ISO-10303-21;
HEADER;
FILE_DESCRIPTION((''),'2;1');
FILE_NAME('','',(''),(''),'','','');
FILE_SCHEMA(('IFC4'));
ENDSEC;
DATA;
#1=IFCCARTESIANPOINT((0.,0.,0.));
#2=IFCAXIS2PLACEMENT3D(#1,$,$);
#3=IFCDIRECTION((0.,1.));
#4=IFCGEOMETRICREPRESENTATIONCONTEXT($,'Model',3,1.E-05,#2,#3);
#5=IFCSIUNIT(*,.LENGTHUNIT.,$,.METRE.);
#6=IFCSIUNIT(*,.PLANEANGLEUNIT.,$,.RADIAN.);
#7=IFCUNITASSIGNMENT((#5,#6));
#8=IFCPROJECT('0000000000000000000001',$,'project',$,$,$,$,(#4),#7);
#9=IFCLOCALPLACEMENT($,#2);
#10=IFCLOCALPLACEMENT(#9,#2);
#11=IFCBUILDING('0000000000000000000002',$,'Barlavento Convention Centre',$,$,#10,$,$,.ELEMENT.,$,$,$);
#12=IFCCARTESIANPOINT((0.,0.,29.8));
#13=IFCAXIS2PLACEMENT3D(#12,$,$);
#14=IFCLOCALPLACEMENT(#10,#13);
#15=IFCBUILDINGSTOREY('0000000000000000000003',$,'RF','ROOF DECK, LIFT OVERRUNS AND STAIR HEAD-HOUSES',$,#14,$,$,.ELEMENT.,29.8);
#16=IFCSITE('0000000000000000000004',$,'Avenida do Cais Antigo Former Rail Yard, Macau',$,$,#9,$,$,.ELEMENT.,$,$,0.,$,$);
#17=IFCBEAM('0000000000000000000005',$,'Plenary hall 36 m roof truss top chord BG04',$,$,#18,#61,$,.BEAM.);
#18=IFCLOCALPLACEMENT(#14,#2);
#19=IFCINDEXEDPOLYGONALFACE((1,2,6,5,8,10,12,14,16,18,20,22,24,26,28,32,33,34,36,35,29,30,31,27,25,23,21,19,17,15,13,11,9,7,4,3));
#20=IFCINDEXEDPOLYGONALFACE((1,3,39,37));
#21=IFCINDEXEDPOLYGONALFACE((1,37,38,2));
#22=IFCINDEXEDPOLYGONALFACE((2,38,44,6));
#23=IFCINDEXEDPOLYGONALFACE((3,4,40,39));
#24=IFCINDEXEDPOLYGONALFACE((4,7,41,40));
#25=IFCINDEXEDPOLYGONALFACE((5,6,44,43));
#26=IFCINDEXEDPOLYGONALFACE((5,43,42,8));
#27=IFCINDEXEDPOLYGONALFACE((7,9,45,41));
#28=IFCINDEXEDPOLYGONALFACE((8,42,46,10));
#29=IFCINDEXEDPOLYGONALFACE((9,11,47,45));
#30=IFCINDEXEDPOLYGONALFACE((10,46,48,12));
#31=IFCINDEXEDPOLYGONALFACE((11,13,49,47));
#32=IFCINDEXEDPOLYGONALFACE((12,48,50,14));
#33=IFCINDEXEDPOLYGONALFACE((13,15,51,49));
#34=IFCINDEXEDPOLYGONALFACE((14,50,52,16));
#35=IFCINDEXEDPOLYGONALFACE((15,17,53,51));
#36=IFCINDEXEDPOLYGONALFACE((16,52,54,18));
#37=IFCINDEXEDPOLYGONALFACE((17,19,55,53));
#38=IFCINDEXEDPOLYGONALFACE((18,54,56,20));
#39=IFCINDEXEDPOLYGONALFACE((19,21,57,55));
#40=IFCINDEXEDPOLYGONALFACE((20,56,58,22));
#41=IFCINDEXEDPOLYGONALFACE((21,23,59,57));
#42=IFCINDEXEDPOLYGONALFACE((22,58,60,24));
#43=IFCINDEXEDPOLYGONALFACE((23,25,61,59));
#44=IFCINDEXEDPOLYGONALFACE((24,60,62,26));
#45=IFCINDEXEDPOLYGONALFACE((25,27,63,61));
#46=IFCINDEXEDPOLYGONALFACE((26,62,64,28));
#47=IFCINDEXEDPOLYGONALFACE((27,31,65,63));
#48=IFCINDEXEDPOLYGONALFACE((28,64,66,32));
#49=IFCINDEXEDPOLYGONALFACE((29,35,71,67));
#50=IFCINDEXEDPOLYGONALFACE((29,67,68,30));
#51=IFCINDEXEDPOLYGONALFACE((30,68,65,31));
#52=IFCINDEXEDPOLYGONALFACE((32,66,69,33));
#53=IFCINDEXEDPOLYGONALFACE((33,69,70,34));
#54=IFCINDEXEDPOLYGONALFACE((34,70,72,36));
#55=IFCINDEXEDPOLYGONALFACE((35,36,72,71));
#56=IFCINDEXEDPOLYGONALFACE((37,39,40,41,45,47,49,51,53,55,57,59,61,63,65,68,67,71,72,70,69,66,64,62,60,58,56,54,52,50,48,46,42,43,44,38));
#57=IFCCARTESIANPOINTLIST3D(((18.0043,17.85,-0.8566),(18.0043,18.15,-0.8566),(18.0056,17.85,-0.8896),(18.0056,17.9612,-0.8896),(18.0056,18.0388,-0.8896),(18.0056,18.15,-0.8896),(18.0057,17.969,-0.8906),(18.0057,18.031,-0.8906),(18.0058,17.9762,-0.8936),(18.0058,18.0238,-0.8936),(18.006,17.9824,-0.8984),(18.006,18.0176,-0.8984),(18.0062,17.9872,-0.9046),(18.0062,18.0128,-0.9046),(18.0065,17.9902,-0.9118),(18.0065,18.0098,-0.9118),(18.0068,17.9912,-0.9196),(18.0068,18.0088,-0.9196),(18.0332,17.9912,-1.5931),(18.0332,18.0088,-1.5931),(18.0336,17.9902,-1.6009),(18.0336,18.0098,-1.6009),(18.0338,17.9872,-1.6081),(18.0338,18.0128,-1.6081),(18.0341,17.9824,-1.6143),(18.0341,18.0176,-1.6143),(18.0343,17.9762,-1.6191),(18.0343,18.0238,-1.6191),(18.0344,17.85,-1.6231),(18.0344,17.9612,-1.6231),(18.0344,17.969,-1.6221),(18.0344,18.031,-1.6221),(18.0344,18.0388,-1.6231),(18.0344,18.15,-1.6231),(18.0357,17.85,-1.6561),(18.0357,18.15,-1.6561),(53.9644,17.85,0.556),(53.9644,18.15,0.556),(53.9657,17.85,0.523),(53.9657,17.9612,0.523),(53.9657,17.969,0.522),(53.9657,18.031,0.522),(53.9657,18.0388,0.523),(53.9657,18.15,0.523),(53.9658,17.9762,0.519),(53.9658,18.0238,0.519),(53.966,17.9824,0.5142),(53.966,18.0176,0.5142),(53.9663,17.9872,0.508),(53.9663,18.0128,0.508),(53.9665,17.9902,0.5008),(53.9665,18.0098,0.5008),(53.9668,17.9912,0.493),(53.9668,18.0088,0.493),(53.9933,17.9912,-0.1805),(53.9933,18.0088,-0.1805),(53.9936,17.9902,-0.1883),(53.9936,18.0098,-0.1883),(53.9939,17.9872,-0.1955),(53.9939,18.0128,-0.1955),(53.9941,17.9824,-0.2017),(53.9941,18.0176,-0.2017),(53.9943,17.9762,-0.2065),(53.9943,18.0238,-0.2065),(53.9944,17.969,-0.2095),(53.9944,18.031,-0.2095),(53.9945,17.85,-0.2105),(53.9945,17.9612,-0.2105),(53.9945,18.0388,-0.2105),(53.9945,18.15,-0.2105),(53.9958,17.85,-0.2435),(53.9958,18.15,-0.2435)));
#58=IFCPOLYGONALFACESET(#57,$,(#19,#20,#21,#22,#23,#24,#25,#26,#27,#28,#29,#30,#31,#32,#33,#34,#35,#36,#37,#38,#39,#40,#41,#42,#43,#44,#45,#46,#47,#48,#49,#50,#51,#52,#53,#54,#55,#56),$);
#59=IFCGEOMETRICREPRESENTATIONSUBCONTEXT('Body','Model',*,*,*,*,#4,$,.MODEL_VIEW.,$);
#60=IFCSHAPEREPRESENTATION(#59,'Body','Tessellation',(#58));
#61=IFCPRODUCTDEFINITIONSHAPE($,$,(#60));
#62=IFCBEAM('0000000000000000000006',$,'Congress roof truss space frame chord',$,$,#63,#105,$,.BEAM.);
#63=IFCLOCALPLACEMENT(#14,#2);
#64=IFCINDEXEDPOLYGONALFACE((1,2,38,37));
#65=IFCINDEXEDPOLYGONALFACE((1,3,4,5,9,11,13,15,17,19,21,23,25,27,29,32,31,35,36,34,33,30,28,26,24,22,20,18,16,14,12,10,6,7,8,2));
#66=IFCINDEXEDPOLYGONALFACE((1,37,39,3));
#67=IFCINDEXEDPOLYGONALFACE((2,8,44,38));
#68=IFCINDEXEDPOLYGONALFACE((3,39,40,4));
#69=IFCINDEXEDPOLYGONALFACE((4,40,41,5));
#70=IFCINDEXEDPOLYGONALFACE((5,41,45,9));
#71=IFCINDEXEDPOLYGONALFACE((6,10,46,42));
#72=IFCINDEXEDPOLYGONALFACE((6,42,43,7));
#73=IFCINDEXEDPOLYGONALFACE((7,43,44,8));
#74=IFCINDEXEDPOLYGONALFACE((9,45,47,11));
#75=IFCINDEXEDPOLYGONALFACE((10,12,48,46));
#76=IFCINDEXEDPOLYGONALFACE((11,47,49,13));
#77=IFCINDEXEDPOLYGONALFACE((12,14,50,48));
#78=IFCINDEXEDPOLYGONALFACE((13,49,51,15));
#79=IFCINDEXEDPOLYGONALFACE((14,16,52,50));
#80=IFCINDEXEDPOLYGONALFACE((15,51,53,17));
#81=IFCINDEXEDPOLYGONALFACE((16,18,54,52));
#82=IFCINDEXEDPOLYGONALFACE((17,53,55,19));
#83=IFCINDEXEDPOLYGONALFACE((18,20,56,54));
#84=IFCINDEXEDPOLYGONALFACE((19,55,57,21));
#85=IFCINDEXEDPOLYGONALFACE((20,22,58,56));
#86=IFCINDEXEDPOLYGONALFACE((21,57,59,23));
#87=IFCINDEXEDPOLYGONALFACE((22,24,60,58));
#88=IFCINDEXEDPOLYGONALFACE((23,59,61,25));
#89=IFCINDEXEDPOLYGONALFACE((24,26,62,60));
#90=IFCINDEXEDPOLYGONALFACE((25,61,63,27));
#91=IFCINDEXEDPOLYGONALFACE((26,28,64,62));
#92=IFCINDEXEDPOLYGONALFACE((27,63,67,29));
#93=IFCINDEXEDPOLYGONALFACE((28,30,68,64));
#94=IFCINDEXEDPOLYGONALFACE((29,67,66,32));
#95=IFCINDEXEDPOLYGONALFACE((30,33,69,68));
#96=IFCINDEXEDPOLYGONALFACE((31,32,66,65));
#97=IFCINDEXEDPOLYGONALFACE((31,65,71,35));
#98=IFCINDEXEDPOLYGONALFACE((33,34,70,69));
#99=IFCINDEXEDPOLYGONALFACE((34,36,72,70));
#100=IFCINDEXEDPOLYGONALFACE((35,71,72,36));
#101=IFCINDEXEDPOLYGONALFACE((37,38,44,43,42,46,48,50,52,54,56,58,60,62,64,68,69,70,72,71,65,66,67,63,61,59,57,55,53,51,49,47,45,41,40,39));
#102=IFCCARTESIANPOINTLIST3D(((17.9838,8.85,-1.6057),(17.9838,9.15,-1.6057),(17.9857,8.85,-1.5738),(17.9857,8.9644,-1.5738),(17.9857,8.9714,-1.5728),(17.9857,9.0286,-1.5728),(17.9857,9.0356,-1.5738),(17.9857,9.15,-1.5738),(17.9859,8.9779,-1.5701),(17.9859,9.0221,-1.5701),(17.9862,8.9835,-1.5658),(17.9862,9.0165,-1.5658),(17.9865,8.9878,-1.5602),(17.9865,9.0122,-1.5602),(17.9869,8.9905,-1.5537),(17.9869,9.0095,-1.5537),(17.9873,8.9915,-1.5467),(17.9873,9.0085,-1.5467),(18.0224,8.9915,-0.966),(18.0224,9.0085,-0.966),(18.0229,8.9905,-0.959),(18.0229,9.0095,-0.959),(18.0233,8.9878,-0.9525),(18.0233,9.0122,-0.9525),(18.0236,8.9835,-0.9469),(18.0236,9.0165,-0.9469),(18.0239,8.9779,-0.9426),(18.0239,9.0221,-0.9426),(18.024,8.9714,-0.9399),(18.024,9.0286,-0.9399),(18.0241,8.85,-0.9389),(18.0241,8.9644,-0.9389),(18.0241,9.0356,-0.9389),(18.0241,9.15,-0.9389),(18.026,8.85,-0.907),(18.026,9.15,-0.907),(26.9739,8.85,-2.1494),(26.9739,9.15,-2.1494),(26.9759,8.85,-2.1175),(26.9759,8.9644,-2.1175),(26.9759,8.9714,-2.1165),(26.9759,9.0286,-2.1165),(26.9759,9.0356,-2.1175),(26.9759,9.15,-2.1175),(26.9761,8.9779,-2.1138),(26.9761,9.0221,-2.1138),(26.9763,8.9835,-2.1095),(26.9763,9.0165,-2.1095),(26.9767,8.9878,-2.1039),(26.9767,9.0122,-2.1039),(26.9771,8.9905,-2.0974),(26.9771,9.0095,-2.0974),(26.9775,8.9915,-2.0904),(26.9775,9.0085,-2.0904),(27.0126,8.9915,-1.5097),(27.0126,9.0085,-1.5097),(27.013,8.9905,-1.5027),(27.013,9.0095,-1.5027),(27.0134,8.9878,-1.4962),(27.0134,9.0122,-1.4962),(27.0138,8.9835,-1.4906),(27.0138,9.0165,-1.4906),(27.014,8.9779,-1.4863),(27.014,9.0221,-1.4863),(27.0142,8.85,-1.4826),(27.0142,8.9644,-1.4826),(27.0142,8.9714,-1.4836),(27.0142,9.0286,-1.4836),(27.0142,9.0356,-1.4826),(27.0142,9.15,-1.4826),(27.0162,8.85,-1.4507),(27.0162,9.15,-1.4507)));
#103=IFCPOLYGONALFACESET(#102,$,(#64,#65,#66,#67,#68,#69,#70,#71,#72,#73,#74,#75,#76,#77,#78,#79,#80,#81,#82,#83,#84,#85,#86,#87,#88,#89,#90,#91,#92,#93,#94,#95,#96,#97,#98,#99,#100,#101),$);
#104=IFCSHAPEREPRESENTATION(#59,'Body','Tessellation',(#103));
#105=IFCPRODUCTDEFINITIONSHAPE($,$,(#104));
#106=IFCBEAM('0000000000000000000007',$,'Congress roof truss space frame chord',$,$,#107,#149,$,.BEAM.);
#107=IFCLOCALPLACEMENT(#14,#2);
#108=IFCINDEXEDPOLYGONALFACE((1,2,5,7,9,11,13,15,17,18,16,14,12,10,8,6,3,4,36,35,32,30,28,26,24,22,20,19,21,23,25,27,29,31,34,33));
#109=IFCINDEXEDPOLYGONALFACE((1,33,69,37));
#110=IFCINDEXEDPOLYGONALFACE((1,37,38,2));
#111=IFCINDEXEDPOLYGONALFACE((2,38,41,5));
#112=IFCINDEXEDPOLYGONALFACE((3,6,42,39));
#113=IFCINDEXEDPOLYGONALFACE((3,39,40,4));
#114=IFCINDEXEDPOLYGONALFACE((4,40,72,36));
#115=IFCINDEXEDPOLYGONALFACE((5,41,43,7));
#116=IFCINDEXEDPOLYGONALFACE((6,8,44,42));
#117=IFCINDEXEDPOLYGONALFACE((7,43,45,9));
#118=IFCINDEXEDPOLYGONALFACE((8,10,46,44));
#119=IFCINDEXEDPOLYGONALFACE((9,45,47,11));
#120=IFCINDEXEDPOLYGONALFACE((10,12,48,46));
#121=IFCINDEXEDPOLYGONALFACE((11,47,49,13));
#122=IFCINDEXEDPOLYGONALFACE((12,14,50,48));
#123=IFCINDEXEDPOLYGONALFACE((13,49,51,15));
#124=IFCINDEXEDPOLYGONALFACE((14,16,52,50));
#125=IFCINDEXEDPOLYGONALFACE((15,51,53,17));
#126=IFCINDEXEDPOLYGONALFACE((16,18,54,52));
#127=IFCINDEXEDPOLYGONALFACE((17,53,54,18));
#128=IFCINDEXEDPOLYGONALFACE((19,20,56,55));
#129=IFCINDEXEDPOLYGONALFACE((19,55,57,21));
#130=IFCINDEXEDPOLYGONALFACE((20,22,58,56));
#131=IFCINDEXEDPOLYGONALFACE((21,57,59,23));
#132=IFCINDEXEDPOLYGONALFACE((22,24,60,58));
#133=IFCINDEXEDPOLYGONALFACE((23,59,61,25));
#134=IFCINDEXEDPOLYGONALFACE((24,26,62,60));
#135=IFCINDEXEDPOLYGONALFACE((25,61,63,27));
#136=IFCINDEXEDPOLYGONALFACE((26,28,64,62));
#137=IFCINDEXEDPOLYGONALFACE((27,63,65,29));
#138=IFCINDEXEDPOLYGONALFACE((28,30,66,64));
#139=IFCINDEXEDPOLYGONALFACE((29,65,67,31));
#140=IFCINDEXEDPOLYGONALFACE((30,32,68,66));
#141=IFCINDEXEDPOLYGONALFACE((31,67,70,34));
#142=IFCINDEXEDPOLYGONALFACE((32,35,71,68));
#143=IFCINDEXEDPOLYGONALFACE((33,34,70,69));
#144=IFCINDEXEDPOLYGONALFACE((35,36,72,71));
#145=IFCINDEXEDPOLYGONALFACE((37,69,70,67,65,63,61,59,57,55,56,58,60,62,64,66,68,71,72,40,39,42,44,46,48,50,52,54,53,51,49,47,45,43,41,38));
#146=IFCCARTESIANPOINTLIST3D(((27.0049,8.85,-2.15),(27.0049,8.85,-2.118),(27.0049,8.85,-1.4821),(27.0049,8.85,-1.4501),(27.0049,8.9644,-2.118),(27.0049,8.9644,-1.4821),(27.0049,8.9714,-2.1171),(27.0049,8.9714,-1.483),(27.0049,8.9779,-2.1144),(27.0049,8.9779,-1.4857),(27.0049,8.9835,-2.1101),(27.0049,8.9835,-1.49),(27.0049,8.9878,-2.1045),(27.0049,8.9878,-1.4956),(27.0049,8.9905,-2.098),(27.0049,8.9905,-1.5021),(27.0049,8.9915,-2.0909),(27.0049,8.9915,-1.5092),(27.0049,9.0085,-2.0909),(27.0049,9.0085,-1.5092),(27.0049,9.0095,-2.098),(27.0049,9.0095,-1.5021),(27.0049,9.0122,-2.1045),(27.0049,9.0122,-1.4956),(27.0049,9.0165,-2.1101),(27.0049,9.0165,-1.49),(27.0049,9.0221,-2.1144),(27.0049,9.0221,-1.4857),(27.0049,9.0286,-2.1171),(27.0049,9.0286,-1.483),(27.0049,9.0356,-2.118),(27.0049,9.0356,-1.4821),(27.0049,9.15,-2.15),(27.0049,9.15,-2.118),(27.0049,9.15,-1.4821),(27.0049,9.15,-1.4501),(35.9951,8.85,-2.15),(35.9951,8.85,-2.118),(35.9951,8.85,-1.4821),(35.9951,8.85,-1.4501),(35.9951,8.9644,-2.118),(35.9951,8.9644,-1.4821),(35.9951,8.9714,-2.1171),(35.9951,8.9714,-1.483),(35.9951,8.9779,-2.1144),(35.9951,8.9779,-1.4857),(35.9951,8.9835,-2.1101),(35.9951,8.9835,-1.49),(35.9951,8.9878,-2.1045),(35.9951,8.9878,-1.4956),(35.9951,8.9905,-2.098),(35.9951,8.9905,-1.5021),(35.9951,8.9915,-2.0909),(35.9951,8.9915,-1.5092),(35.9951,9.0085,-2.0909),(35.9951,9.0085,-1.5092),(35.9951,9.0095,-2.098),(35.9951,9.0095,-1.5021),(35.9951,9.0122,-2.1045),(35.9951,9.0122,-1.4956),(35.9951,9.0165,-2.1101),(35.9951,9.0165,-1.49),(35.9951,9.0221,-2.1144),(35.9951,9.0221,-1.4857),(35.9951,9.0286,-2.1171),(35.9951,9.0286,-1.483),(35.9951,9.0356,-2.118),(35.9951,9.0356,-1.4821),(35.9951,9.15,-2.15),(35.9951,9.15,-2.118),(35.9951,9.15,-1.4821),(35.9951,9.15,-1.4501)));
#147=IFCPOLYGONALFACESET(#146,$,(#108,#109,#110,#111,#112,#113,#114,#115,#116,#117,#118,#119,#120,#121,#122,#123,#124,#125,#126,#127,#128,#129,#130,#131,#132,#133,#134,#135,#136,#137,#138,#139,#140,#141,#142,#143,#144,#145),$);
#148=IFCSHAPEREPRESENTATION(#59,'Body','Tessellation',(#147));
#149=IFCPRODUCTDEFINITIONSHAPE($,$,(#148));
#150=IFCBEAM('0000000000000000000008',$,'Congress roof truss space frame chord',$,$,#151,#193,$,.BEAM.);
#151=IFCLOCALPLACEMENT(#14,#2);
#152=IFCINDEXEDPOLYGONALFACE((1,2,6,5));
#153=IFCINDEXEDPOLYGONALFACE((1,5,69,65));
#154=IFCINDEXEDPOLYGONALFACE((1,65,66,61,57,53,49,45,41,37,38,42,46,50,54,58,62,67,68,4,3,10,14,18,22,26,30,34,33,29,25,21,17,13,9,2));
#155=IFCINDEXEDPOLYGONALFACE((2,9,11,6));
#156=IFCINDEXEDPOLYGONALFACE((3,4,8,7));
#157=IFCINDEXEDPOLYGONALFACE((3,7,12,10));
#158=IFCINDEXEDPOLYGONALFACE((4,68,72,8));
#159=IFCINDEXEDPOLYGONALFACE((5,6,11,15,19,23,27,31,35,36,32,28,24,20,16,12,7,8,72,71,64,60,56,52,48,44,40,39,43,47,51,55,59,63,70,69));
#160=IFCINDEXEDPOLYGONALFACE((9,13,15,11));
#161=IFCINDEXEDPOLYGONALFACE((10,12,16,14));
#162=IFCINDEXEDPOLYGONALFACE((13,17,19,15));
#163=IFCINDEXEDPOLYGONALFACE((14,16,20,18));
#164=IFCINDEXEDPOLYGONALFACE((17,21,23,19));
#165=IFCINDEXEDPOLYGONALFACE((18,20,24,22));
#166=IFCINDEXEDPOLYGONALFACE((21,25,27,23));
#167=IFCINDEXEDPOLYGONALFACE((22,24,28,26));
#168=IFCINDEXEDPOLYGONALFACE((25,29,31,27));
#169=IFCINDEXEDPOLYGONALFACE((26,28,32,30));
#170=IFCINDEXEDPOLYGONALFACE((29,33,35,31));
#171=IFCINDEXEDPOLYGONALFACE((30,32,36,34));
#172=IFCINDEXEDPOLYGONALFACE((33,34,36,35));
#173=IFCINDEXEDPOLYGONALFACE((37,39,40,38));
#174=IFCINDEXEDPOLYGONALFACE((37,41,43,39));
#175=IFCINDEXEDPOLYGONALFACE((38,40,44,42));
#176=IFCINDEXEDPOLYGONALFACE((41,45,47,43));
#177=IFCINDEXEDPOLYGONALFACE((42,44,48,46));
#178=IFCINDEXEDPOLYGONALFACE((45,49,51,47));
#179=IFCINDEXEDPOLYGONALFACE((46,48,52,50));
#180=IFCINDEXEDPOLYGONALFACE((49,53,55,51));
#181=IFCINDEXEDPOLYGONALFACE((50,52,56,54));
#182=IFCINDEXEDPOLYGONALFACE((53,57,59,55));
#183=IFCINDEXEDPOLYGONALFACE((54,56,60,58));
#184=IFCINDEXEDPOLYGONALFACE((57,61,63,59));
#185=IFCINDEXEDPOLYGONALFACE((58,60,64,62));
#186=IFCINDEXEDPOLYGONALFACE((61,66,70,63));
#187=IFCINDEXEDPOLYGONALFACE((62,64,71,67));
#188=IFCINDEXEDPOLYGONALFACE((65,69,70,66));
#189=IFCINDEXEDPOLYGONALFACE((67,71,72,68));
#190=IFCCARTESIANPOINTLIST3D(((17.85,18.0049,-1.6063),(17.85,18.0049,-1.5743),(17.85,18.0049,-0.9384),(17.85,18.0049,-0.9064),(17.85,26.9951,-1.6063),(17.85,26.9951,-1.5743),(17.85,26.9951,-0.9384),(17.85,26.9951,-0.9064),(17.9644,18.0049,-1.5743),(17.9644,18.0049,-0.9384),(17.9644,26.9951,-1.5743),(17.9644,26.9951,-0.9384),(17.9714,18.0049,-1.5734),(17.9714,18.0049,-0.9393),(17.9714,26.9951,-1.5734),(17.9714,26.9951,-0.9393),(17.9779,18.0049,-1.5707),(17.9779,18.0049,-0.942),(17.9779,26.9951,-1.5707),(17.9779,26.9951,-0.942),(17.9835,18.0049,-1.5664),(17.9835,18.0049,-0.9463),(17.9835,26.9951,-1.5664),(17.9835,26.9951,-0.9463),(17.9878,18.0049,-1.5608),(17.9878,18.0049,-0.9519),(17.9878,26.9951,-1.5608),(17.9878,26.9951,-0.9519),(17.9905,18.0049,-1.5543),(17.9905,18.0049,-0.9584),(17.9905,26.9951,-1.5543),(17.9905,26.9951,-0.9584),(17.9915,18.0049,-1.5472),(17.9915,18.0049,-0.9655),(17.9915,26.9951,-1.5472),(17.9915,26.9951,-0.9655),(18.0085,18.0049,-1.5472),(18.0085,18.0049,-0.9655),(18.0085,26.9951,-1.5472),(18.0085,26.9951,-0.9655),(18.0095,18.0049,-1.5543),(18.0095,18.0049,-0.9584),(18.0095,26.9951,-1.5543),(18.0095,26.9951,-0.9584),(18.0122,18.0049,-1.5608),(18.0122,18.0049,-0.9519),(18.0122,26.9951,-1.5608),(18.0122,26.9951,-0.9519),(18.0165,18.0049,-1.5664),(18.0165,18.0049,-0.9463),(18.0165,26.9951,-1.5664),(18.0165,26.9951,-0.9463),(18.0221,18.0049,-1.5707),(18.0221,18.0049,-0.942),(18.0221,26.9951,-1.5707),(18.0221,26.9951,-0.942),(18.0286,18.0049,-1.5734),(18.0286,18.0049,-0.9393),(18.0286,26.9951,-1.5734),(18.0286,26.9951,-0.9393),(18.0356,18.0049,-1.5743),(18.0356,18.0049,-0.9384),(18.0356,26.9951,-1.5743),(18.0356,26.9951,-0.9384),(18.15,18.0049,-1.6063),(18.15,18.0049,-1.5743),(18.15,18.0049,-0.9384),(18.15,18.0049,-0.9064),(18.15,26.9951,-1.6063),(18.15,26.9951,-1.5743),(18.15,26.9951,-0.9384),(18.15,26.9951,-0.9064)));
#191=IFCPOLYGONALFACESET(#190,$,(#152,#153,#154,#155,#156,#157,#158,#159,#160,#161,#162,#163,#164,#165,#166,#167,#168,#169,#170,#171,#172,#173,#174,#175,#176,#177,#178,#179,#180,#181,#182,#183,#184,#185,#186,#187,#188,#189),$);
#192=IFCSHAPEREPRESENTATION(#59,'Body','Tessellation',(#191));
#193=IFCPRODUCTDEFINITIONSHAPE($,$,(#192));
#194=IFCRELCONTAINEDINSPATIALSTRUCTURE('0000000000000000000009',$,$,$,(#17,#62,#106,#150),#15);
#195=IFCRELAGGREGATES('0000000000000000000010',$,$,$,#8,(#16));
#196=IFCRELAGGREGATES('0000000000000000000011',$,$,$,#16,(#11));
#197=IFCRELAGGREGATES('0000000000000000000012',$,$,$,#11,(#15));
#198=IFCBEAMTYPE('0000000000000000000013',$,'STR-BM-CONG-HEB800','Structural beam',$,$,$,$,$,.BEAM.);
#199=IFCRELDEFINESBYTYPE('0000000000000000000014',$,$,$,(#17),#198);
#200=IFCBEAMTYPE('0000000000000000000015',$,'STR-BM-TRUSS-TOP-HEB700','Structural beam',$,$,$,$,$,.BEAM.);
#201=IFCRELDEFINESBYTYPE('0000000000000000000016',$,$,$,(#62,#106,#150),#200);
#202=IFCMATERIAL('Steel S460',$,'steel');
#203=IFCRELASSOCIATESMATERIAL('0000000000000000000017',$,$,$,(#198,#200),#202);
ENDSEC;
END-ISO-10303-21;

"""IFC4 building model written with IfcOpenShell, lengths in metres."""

from ifc_helpers import new_model, si_unit, direction, frame, origin, origin_2d, place, context, subcontext, project, spatial, i_section, extrude, material, material_profile, profile_set, type_object, element, save


model = new_model("IFC4")

# Units and contexts
model_context = context("Model", 3, precision=1e-05, world=origin(), true_north=direction((0.0, 1.0)))
body_context = subcontext(model_context, "Body", "Model", "MODEL_VIEW")
ifc_project = project(units=[si_unit("LENGTHUNIT", "METRE"), si_unit("PLANEANGLEUNIT", "RADIAN")], contexts=[model_context])

# Site, building, storey
site_placement = place(None, origin())
site = spatial("IfcSite", under=ifc_project, at=site_placement, Name="Avenida do Cais Antigo Former Rail Yard, Macau", CompositionType="ELEMENT", RefElevation=0.0)
building_placement = place(site_placement, origin())
building = spatial("IfcBuilding", under=site, at=building_placement, Name="Barlavento Convention Centre", CompositionType="ELEMENT")
storey_placement = place(building_placement, frame((0.0, 0.0, 29.8)))
storey = spatial("IfcBuildingStorey", under=building, at=storey_placement, Name="RF", Description="ROOF DECK, LIFT OVERRUNS AND STAIR HEAD-HOUSES", CompositionType="ELEMENT", Elevation=29.8)

# Beams
ifc_material_1 = material(Name="Steel S460", Category="steel")
ifc_material_profile_1 = material_profile(ifc_material_1, i_section(OverallWidth=0.3, OverallDepth=0.8, WebThickness=0.0176, FlangeThickness=0.033, FilletRadius=0.03, at=origin_2d()), Name="HEB 800")
ifc_profile_set_1 = profile_set([ifc_material_profile_1], Name="Steel S460")
beam_type_1 = type_object("IfcBeamType", Name="STR-BM-CONG-HEB800", Description="Structural beam", PredefinedType="BEAM", material=ifc_profile_set_1)
beam_1_placement = place(storey_placement, frame((18.02, 18.0, -1.2563), z_axis=(0.999229, 0.0, 0.039252), x_axis=(0.0, 1.0, 0.0)))
element("IfcBeam", 1, at=beam_1_placement, inside=storey, type_object=beam_type_1, Name="Plenary hall 36 m roof truss top chord BG04", PredefinedType="BEAM", context=body_context, shape_type="SweptSolid", body=[
    extrude(i_section(OverallWidth=0.3, OverallDepth=0.8, WebThickness=0.0176, FlangeThickness=0.033, FilletRadius=0.03, at=origin_2d()), origin(), (0.0, 0.0, 1.0), 35.9878),
])
ifc_material_profile_2 = material_profile(ifc_material_1, i_section(OverallWidth=0.3, OverallDepth=0.7, WebThickness=0.0171, FlangeThickness=0.032, FilletRadius=0.0271, at=origin_2d()), Name="HEB 700")
ifc_profile_set_2 = profile_set([ifc_material_profile_2], Name="Steel S460")
beam_type_2 = type_object("IfcBeamType", Name="STR-BM-TRUSS-TOP-HEB700", Description="Structural beam", PredefinedType="BEAM", material=ifc_profile_set_2)
beam_2_placement = place(storey_placement, frame((18.0049, 9.0, -1.2563), z_axis=(0.998176, 0.0, -0.060367), x_axis=(0.0, 1.0, 0.0)))
element("IfcBeam", 2, at=beam_2_placement, inside=storey, type_object=beam_type_2, Name="Congress roof truss space frame chord", PredefinedType="BEAM", context=body_context, shape_type="SweptSolid", body=[
    extrude(i_section(OverallWidth=0.3, OverallDepth=0.7, WebThickness=0.0171, FlangeThickness=0.032, FilletRadius=0.0271, at=origin_2d()), origin(), (0.0, 0.0, 1.0), 9.0066),
])
for number, where, z_axis, x_axis, name in (
    (3, (27.0049, 9.0, -1.8), (1.0, 0.0, 0.0), (0.0, 1.0, 0.0), "Congress roof truss space frame chord"),
    (4, (18.0, 18.0049, -1.2563), (0.0, 1.0, 0.0), (-1.0, 0.0, 0.0), "Congress roof truss space frame chord"),
):
    element("IfcBeam", number, at=place(storey_placement, frame(where, z_axis=z_axis, x_axis=x_axis)), inside=storey, type_object=beam_type_2, Name=name, PredefinedType="BEAM", context=body_context, shape_type="SweptSolid", body=[
        extrude(i_section(OverallWidth=0.3, OverallDepth=0.7, WebThickness=0.0171, FlangeThickness=0.032, FilletRadius=0.0271, at=origin_2d()), origin(), (0.0, 0.0, 1.0), 8.9902),
    ])

save(model, "model.ifc")
